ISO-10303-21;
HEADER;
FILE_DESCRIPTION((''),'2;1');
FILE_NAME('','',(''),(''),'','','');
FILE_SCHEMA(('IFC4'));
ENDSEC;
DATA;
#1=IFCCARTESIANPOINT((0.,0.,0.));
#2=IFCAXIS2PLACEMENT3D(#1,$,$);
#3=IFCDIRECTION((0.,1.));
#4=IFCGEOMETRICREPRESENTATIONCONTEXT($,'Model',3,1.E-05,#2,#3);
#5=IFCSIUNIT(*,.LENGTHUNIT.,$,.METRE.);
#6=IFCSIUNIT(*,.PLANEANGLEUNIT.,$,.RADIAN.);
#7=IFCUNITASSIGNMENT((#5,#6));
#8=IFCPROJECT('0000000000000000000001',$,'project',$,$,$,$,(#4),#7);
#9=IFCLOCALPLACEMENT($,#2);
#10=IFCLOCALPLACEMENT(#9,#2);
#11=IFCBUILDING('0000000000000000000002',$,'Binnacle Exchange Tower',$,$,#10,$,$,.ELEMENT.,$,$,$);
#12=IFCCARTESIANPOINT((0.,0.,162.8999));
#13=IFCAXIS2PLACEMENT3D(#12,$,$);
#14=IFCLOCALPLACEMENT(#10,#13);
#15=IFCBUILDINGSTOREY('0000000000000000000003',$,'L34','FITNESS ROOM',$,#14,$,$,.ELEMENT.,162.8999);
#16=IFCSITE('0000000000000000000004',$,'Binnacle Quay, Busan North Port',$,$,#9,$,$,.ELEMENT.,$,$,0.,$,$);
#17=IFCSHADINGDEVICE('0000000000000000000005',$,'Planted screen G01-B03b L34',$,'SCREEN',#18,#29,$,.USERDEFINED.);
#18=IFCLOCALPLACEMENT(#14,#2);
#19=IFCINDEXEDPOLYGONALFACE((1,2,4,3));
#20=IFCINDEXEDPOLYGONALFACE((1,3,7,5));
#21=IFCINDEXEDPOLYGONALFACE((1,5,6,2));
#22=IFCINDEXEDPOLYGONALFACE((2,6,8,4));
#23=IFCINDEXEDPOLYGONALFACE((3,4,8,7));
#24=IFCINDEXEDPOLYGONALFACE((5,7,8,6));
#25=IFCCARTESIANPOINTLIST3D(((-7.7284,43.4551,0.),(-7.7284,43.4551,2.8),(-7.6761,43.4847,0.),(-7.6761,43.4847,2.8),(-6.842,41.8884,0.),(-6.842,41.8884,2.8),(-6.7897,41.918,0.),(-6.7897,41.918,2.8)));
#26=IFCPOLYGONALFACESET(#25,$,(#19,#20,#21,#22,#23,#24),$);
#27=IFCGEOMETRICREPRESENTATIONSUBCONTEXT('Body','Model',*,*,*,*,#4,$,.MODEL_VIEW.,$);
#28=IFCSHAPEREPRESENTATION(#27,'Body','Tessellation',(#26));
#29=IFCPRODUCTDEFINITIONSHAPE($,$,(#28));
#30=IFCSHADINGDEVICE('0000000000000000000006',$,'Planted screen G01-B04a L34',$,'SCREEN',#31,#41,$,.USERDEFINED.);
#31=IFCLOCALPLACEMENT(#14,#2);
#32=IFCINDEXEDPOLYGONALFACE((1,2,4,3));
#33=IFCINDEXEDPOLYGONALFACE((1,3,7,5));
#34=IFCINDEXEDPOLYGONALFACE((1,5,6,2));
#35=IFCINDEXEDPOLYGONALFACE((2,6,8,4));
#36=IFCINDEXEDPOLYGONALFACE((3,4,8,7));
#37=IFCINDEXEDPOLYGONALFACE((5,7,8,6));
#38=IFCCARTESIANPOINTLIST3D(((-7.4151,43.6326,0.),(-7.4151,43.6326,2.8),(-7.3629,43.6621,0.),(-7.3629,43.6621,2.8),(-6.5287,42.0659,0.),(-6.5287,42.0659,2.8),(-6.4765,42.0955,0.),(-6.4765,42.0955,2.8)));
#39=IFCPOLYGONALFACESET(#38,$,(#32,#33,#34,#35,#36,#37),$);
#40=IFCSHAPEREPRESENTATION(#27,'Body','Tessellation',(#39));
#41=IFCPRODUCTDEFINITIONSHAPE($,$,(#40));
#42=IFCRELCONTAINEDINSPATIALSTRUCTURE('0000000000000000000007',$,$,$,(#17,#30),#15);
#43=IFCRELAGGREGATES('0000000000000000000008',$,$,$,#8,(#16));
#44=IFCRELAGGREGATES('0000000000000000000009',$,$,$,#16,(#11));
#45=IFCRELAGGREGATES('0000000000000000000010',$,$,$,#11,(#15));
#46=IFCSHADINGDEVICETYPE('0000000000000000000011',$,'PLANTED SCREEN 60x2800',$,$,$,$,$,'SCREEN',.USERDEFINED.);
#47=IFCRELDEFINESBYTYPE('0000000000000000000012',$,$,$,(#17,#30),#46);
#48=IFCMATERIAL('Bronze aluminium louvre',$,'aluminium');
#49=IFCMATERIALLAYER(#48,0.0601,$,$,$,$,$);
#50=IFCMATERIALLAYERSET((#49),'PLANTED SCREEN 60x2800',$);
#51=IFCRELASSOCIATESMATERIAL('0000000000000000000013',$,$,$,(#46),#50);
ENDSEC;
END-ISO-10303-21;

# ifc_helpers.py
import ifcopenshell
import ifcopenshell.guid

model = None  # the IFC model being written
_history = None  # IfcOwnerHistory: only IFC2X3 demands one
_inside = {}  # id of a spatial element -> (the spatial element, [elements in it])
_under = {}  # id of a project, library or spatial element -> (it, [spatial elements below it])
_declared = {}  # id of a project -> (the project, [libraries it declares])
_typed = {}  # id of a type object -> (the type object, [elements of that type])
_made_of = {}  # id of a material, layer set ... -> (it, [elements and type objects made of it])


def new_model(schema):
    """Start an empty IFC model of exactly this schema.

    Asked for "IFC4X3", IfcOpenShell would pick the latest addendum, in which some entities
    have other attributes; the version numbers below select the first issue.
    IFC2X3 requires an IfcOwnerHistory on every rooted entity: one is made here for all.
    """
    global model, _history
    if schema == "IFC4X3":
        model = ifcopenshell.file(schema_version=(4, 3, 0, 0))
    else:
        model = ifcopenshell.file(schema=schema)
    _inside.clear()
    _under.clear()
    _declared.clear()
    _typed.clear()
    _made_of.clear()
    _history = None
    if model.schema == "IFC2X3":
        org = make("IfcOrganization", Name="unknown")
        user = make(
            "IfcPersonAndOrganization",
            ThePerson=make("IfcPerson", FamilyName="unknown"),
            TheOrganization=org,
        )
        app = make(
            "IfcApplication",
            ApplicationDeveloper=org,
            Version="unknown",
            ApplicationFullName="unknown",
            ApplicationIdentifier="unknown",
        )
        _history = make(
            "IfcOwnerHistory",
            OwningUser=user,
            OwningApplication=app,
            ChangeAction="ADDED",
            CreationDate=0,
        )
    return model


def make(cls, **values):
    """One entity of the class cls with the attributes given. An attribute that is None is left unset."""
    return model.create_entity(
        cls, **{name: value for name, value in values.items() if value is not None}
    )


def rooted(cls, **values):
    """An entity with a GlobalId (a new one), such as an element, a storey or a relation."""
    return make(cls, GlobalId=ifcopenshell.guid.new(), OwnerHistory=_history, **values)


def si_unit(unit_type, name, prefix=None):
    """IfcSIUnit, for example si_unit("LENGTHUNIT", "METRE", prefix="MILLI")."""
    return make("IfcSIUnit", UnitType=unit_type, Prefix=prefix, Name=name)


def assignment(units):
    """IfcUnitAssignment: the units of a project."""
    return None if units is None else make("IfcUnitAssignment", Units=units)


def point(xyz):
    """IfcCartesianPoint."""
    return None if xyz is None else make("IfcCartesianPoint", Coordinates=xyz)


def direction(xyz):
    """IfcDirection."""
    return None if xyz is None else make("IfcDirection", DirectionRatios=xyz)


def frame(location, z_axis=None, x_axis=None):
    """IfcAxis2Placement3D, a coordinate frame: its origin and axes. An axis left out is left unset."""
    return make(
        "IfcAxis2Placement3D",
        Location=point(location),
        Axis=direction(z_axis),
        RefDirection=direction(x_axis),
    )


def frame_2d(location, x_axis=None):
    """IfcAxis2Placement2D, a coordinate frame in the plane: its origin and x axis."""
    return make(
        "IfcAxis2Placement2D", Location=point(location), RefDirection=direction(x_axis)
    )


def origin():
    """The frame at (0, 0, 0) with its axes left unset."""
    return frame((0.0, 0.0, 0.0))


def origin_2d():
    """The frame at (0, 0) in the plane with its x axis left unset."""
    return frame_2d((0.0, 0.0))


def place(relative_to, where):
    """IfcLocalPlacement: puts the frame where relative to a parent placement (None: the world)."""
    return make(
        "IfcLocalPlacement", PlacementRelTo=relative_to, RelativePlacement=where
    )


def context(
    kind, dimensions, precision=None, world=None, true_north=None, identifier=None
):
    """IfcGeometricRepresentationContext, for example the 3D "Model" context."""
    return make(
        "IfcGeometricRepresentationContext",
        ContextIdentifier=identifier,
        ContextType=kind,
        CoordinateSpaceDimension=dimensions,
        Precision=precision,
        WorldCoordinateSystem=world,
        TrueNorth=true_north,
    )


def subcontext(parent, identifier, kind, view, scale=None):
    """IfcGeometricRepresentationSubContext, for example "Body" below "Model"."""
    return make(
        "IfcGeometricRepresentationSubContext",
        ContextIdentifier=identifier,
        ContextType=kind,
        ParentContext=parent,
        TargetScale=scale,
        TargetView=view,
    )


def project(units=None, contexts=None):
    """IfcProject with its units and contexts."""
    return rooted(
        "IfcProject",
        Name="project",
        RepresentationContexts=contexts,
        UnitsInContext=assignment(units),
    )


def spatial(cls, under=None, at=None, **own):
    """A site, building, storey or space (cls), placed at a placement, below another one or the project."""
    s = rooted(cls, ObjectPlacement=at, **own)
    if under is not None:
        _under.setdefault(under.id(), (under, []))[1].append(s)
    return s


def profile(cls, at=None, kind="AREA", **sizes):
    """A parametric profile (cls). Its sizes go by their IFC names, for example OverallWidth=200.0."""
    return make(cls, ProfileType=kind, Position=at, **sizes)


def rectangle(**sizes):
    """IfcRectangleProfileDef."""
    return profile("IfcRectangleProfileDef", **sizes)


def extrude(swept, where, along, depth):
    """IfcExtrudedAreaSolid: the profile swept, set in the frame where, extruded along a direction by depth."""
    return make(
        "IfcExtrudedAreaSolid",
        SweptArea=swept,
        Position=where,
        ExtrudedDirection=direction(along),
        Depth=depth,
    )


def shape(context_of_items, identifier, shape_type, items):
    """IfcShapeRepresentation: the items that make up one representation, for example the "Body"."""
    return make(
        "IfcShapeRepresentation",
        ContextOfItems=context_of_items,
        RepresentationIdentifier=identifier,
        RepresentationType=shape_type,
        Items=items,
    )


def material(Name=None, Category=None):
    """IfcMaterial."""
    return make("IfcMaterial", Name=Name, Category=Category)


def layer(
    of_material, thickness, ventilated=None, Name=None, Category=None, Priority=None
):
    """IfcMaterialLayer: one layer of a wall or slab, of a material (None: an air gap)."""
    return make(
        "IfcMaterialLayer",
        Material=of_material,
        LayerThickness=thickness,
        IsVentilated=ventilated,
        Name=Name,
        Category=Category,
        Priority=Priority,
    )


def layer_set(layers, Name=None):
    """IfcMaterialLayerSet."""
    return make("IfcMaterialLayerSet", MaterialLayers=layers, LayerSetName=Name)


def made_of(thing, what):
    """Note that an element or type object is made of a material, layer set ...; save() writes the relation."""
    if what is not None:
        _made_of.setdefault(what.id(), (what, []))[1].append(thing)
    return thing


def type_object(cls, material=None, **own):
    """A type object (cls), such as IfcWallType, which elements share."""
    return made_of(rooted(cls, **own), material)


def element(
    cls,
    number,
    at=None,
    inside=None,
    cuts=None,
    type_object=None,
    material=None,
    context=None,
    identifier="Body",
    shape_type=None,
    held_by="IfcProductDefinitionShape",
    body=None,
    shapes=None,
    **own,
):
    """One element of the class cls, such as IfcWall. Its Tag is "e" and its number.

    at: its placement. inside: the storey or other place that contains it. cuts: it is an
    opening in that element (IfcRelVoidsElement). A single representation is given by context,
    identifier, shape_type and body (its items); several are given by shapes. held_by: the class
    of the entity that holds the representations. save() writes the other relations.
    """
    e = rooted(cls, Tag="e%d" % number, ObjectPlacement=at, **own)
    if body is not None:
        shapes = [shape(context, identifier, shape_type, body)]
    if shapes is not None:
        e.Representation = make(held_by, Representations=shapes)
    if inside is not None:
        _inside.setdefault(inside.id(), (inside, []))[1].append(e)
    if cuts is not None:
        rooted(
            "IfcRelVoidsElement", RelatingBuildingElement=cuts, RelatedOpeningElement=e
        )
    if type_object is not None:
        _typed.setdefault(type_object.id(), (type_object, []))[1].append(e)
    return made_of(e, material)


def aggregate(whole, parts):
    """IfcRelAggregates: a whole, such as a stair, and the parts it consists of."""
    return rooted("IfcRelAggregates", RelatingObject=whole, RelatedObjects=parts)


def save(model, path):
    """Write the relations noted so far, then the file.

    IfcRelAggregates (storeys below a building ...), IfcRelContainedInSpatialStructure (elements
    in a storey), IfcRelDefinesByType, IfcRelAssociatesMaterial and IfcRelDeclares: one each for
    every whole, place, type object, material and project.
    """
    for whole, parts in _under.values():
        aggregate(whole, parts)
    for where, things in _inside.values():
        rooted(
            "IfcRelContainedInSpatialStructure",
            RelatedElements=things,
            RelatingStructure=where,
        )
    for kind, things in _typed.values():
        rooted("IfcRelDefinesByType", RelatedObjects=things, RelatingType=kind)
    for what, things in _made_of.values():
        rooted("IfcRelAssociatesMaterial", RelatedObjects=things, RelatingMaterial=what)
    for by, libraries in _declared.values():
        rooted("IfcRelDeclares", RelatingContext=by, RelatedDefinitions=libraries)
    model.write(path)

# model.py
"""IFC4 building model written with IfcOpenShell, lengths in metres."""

from ifc_helpers import new_model, si_unit, direction, frame, origin, origin_2d, place, context, subcontext, project, spatial, rectangle, extrude, material, layer, layer_set, type_object, element, save


model = new_model("IFC4")

# Units and contexts
model_context = context("Model", 3, precision=1e-05, world=origin(), true_north=direction((0.0, 1.0)))
body_context = subcontext(model_context, "Body", "Model", "MODEL_VIEW")
ifc_project = project(units=[si_unit("LENGTHUNIT", "METRE"), si_unit("PLANEANGLEUNIT", "RADIAN")], contexts=[model_context])

# Site, building, storey
site_placement = place(None, origin())
site = spatial("IfcSite", under=ifc_project, at=site_placement, Name="Binnacle Quay, Busan North Port", CompositionType="ELEMENT", RefElevation=0.0)
building_placement = place(site_placement, origin())
building = spatial("IfcBuilding", under=site, at=building_placement, Name="Binnacle Exchange Tower", CompositionType="ELEMENT")
storey_placement = place(building_placement, frame((0.0, 0.0, 162.8999)))
storey = spatial("IfcBuildingStorey", under=building, at=storey_placement, Name="L34", Description="FITNESS ROOM", CompositionType="ELEMENT", Elevation=162.8999)

# Shading devices
ifc_material_1 = material(Name="Bronze aluminium louvre", Category="aluminium")
ifc_layer_1 = layer(ifc_material_1, 0.0601)
ifc_layer_set_1 = layer_set([ifc_layer_1], Name="PLANTED SCREEN 60x2800")
shading_device_type = type_object("IfcShadingDeviceType", Name="PLANTED SCREEN 60x2800", ElementType="SCREEN", PredefinedType="USERDEFINED", material=ifc_layer_set_1)
for number, where, z_axis, x_axis, name in (
    (1, (-7.259, 42.6865, 0.0), (0.0, 0.0, 1.0), (0.870356, 0.492424, 0.0), "Planted screen G01-B03b L34"),
    (2, (-6.9458, 42.864, 0.0), (0.0, 0.0, 1.0), (0.870356, 0.492424, 0.0), "Planted screen G01-B04a L34"),
):
    element("IfcShadingDevice", number, at=place(storey_placement, frame(where, z_axis=z_axis, x_axis=x_axis)), inside=storey, type_object=shading_device_type, Name=name, ObjectType="SCREEN", PredefinedType="USERDEFINED", context=body_context, shape_type="SweptSolid", body=[
        extrude(rectangle(XDim=0.0601, YDim=1.8, at=origin_2d()), origin(), (0.0, 0.0, 1.0), 2.8),
    ])

save(model, "model.ifc")
